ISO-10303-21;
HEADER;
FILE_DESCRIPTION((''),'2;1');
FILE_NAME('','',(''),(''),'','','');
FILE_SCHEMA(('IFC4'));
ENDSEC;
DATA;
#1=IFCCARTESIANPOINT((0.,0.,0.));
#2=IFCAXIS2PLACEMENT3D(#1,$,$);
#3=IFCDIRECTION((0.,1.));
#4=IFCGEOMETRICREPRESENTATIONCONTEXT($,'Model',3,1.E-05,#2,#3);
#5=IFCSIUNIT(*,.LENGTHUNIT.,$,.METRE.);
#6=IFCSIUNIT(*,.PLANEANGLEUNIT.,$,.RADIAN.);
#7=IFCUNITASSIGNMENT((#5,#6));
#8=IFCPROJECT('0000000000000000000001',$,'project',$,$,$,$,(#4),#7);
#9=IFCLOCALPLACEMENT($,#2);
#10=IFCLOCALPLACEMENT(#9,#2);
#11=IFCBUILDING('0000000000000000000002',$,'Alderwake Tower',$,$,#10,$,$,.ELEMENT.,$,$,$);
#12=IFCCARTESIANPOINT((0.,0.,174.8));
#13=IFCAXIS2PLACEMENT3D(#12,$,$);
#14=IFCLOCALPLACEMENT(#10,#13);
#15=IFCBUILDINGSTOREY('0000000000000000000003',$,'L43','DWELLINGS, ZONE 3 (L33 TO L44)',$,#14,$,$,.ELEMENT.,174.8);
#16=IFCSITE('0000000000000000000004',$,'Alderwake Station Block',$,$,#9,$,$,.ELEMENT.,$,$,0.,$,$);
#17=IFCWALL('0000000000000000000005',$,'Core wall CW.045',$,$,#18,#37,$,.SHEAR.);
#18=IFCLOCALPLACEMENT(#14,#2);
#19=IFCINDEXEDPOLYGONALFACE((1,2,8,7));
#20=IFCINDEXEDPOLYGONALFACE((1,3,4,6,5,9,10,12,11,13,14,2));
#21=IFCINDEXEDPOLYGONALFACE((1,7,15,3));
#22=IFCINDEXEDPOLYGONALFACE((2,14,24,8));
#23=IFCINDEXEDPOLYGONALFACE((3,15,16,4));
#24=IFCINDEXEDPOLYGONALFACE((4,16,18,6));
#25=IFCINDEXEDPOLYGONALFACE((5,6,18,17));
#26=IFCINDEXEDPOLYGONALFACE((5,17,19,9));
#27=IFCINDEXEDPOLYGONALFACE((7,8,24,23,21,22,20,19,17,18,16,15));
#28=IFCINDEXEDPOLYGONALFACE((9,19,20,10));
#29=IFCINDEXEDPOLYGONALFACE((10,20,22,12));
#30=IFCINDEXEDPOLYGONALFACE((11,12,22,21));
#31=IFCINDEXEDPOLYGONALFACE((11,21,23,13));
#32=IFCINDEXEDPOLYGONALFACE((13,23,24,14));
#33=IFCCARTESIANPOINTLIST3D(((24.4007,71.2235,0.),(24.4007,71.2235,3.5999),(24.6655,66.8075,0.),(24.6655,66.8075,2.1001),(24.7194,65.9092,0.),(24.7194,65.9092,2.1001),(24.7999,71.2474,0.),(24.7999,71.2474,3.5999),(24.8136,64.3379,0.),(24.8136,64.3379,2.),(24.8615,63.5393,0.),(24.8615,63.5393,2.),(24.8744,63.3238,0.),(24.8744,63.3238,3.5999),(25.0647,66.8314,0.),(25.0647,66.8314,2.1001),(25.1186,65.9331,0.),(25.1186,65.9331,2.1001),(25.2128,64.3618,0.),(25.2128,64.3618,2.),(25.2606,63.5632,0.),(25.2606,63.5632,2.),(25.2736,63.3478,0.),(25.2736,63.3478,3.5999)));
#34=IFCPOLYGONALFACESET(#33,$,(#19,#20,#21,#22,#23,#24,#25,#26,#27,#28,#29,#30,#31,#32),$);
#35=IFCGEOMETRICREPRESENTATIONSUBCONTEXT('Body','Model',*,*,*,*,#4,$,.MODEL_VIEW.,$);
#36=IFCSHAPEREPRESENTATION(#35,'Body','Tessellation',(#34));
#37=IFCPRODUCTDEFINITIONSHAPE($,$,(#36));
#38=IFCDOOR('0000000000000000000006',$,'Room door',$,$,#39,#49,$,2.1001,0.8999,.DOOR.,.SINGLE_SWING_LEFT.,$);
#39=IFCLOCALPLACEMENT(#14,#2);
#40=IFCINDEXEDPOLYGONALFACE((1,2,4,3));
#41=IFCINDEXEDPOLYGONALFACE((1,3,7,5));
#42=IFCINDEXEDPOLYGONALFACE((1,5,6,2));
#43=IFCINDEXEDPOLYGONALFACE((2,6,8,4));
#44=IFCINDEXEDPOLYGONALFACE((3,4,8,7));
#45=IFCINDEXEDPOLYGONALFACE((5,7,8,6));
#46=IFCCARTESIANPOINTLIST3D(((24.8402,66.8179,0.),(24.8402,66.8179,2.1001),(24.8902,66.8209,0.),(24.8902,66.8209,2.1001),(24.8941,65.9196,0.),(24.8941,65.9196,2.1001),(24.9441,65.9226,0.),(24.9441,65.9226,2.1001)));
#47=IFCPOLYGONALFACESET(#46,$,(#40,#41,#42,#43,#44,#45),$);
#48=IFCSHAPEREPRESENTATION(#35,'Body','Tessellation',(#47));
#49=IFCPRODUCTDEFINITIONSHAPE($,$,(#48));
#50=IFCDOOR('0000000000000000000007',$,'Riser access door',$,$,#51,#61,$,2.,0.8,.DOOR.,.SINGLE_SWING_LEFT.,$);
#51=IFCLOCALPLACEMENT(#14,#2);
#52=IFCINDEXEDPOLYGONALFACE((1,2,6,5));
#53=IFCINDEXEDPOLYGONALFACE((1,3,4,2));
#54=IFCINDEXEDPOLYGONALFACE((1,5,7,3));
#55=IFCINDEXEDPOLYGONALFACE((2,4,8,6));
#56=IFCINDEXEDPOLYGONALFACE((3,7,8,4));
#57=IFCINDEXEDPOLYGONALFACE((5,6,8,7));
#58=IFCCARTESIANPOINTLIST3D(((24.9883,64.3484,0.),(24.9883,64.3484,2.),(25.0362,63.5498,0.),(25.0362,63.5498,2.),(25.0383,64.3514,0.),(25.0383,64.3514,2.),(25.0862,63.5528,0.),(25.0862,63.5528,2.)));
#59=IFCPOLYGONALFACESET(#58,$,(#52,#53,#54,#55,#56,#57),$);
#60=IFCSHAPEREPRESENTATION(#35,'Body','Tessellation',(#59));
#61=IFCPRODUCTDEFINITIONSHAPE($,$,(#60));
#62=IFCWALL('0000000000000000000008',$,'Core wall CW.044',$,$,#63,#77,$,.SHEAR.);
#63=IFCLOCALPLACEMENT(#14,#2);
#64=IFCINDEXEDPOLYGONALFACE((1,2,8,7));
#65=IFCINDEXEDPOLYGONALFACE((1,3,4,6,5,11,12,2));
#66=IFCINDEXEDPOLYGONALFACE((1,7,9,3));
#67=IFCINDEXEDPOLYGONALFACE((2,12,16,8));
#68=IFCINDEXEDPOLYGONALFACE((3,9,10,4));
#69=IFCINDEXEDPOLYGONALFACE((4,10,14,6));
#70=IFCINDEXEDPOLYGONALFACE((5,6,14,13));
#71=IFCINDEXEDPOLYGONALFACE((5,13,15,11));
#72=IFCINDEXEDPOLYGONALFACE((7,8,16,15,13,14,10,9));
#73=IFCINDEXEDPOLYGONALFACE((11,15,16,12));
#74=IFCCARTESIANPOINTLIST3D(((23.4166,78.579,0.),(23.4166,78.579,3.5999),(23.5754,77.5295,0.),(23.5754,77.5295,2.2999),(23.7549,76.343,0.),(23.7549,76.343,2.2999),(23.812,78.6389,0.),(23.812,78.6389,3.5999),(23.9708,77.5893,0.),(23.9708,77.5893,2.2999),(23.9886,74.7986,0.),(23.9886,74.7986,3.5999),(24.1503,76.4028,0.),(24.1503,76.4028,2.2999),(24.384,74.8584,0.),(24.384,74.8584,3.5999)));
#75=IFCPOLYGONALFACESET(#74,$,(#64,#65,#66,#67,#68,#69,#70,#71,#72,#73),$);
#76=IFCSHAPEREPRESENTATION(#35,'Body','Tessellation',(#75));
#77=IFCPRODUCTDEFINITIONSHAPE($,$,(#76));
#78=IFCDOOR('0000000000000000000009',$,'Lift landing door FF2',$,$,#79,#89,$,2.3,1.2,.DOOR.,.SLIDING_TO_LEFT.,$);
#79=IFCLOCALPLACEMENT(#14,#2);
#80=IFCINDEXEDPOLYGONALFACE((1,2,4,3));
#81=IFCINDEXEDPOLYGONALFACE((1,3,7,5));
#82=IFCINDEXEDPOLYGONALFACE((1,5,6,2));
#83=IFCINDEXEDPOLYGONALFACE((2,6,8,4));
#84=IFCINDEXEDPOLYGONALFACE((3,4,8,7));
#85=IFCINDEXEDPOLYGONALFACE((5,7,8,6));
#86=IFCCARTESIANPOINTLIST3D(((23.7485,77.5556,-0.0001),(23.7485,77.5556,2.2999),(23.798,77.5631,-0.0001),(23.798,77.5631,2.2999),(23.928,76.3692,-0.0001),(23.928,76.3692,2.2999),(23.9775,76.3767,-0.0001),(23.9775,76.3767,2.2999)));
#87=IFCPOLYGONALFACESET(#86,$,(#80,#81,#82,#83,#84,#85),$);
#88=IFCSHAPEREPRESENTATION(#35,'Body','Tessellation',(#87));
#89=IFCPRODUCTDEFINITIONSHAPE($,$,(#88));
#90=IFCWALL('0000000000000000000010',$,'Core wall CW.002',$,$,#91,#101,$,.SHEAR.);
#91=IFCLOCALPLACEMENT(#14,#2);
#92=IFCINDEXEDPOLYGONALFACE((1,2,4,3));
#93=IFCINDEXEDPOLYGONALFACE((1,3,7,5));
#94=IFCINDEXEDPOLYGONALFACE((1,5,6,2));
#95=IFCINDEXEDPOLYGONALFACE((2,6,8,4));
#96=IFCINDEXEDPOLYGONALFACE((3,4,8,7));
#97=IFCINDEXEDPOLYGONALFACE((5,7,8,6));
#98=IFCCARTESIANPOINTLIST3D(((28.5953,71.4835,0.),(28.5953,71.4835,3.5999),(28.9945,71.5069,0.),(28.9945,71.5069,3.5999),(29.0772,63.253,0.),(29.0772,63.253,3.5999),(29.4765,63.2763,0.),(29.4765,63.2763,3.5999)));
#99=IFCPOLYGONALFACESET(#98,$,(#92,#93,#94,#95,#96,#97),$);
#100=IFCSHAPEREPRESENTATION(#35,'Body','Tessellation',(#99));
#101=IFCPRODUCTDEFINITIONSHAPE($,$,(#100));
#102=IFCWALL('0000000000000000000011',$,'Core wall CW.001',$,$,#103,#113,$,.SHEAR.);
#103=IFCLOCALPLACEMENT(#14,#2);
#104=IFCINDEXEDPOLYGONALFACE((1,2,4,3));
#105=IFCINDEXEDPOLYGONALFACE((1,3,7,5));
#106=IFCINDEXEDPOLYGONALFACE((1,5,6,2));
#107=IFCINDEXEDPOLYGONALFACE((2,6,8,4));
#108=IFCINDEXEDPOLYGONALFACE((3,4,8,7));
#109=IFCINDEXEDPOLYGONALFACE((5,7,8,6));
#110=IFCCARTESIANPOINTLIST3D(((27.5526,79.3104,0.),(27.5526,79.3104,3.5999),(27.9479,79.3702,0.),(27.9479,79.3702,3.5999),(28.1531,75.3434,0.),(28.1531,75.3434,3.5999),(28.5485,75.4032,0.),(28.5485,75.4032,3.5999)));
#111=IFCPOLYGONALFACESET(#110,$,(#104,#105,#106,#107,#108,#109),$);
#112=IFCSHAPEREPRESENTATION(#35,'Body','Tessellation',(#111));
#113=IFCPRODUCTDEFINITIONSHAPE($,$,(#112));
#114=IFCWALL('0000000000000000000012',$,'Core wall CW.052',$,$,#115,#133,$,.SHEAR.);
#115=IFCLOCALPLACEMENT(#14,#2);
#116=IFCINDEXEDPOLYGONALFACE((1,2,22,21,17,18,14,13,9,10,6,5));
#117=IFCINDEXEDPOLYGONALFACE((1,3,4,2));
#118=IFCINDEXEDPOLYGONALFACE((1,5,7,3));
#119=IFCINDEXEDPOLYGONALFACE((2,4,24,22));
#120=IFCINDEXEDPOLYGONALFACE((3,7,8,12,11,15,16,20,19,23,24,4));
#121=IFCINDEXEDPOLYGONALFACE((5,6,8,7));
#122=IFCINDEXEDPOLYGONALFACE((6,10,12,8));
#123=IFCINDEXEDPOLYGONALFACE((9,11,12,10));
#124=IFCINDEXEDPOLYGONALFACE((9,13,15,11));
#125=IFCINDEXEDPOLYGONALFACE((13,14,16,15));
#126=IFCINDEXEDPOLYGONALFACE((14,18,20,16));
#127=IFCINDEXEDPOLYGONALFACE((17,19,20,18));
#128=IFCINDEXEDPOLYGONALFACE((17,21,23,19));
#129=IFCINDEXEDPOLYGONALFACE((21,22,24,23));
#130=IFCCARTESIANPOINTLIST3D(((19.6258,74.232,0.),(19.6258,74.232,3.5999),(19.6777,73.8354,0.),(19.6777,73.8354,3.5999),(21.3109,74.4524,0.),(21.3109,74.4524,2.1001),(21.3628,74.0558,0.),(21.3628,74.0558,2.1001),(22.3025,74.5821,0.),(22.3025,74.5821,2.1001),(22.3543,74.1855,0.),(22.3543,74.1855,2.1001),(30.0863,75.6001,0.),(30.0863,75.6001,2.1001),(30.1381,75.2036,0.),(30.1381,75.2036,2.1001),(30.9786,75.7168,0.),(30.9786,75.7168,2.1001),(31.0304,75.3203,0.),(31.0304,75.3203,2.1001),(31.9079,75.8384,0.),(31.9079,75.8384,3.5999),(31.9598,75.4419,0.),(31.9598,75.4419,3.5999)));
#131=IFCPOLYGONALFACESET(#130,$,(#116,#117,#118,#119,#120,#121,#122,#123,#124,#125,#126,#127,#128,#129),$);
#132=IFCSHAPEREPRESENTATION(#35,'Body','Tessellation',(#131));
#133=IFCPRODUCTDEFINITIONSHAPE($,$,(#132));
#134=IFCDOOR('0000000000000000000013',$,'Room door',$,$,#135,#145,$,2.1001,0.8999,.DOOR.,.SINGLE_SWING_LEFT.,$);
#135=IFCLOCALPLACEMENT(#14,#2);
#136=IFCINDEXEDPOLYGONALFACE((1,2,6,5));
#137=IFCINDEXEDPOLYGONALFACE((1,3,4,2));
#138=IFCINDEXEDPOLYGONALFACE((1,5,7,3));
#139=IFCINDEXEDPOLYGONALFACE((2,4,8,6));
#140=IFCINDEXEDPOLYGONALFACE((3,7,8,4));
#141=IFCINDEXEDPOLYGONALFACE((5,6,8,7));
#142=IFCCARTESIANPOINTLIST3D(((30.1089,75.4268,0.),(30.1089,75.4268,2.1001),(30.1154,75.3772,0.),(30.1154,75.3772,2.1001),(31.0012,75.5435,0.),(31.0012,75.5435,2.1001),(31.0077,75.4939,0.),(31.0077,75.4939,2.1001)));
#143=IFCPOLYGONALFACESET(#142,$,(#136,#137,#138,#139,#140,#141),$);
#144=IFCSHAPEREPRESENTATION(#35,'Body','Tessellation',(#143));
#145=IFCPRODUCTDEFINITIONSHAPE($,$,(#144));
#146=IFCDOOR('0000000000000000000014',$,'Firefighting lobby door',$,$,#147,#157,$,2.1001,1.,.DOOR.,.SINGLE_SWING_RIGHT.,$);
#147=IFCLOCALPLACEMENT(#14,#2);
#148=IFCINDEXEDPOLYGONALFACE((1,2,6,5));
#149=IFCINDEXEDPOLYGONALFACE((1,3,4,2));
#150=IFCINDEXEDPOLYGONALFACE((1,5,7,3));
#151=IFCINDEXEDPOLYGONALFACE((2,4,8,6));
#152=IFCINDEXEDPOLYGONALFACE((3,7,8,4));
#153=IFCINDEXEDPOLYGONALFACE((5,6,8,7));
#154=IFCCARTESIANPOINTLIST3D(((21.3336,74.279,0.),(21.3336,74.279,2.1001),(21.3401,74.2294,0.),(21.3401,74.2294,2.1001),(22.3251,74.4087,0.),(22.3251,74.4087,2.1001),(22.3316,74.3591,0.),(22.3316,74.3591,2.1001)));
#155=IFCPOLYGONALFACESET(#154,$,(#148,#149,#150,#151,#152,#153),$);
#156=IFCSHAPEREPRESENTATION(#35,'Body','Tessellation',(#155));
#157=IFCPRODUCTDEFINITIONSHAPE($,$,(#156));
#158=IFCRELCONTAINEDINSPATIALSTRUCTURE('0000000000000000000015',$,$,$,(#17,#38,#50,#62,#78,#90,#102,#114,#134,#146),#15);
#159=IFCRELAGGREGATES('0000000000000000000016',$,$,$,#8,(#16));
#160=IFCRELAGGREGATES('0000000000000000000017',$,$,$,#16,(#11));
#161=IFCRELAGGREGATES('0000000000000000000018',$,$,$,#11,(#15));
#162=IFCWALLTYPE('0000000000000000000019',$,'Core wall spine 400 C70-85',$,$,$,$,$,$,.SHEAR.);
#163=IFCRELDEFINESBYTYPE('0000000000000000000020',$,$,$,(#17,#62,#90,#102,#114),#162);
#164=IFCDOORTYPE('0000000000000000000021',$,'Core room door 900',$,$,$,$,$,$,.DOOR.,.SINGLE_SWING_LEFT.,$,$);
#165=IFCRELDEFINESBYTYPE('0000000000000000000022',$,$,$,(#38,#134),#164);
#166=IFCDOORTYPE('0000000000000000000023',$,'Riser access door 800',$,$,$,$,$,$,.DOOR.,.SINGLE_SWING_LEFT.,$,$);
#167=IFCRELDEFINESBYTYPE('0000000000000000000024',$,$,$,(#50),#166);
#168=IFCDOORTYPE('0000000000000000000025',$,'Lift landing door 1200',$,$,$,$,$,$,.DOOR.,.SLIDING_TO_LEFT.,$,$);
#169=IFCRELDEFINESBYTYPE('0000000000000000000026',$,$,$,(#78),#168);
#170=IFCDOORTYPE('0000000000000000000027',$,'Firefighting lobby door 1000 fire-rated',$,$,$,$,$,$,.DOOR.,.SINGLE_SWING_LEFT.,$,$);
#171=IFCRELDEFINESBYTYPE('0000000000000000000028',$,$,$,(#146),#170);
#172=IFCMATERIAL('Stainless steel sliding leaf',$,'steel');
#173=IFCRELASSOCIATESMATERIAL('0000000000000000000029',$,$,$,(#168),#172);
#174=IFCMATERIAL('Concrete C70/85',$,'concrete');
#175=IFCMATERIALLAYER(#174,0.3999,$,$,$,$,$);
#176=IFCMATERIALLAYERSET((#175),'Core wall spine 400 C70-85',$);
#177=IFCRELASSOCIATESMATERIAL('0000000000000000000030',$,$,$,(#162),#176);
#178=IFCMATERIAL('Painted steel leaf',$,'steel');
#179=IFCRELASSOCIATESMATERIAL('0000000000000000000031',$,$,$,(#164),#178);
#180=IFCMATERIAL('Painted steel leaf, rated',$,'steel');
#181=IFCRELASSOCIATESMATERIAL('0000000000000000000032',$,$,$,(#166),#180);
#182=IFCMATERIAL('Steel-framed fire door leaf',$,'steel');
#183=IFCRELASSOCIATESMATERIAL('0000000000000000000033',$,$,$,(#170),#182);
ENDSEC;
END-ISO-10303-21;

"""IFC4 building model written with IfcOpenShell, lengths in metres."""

from ifc_helpers import new_model, si_unit, direction, frame, frame_2d, origin, place, context, subcontext, project, spatial, rectangle, extrude, material, layer, layer_set, type_object, element, fill, save


model = new_model("IFC4")

# Units and contexts
model_context = context("Model", 3, precision=1e-05, world=origin(), true_north=direction((0.0, 1.0)))
body_context = subcontext(model_context, "Body", "Model", "MODEL_VIEW")
ifc_project = project(units=[si_unit("LENGTHUNIT", "METRE"), si_unit("PLANEANGLEUNIT", "RADIAN")], contexts=[model_context])

# Site, building, storey
site_placement = place(None, origin())
site = spatial("IfcSite", under=ifc_project, at=site_placement, Name="Alderwake Station Block", CompositionType="ELEMENT", RefElevation=0.0)
building_placement = place(site_placement, origin())
building = spatial("IfcBuilding", under=site, at=building_placement, Name="Alderwake Tower", CompositionType="ELEMENT")
storey_placement = place(building_placement, frame((0.0, 0.0, 174.8)))
storey = spatial("IfcBuildingStorey", under=building, at=storey_placement, Name="L43", Description="DWELLINGS, ZONE 3 (L33 TO L44)", CompositionType="ELEMENT", Elevation=174.8)

# Shared definitions
ifc_material_1 = material(Name="Stainless steel sliding leaf", Category="steel")
door_type_1 = type_object("IfcDoorType", Name="Lift landing door 1200", OperationType="SLIDING_TO_LEFT", PredefinedType="DOOR", material=ifc_material_1)

# Wall, openings, doors
ifc_material_2 = material(Name="Concrete C70/85", Category="concrete")
ifc_layer_1 = layer(ifc_material_2, 0.3999)
ifc_layer_set_1 = layer_set([ifc_layer_1], Name="Core wall spine 400 C70-85")
wall_type_1 = type_object("IfcWallType", Name="Core wall spine 400 C70-85", PredefinedType="SHEAR", material=ifc_layer_set_1)
wall_1_placement = place(storey_placement, frame((25.074, 63.3357, 0.0), z_axis=(0.0, 0.0, 1.0), x_axis=(-0.059849, 0.998207, 0.0)))
wall_1 = element("IfcWall", 1, at=wall_1_placement, inside=storey, type_object=wall_type_1, Name="Core wall CW.045", PredefinedType="SHEAR", context=body_context, shape_type="SweptSolid", body=[
    extrude(rectangle(XDim=7.9138, YDim=0.3999, at=frame_2d((3.957, 0.0))), origin(), (0.0, 0.0, 1.0), 3.5999),
])
opening_1_placement = place(wall_1_placement, frame((0.2161, 0.0, 0.0)))
opening_1 = element("IfcOpeningElement", 2, at=opening_1_placement, cuts=wall_1, PredefinedType="OPENING", context=body_context, shape_type="SweptSolid", body=[
    extrude(rectangle(XDim=0.8, YDim=2.0, at=frame_2d((0.3999, 1.0))), frame((0.0, 0.21, 0.0), z_axis=(0.0, -1.0, 0.0), x_axis=(1.0, 0.0, 0.0)), (0.0, 0.0, 1.0), 0.4199),
])
opening_2_placement = place(wall_1_placement, frame((2.5901, 0.0, 0.0)))
opening_2 = element("IfcOpeningElement", 3, at=opening_2_placement, cuts=wall_1, PredefinedType="OPENING", context=body_context, shape_type="SweptSolid", body=[
    extrude(rectangle(XDim=0.8999, YDim=2.1001, at=frame_2d((0.45, 1.05))), frame((0.0, 0.21, 0.0), z_axis=(0.0, -1.0, 0.0), x_axis=(1.0, 0.0, 0.0)), (0.0, 0.0, 1.0), 0.4199),
])
ifc_material_3 = material(Name="Painted steel leaf", Category="steel")
door_type_2 = type_object("IfcDoorType", Name="Core room door 900", OperationType="SINGLE_SWING_LEFT", PredefinedType="DOOR", material=ifc_material_3)
door_1_placement = place(opening_2_placement, origin())
door_1 = element("IfcDoor", 4, at=door_1_placement, inside=storey, type_object=door_type_2, Name="Room door", OperationType="SINGLE_SWING_LEFT", OverallHeight=2.1001, OverallWidth=0.8999, PredefinedType="DOOR", context=body_context, shape_type="SweptSolid", body=[
    extrude(rectangle(XDim=0.8999, YDim=2.1001, at=frame_2d((0.45, 1.05))), frame((0.0, 0.0249, 0.0), z_axis=(0.0, -1.0, 0.0), x_axis=(1.0, 0.0, 0.0)), (0.0, 0.0, 1.0), 0.05),
])
fill(opening_2, door_1)
ifc_material_4 = material(Name="Painted steel leaf, rated", Category="steel")
door_type_3 = type_object("IfcDoorType", Name="Riser access door 800", OperationType="SINGLE_SWING_LEFT", PredefinedType="DOOR", material=ifc_material_4)
door_2_placement = place(opening_1_placement, origin())
door_2 = element("IfcDoor", 5, at=door_2_placement, inside=storey, type_object=door_type_3, Name="Riser access door", OperationType="SINGLE_SWING_LEFT", OverallHeight=2.0, OverallWidth=0.8, PredefinedType="DOOR", context=body_context, shape_type="SweptSolid", body=[
    extrude(rectangle(XDim=0.8, YDim=2.0, at=frame_2d((0.3999, 1.0))), frame((0.0, 0.0249, 0.0), z_axis=(0.0, -1.0, 0.0), x_axis=(1.0, 0.0, 0.0)), (0.0, 0.0, 1.0), 0.05),
])
fill(opening_1, door_2)

# Wall, opening, door
wall_2_placement = place(storey_placement, frame((24.1863, 74.8286, 0.0), z_axis=(0.0, 0.0, 1.0), x_axis=(-0.149605, 0.988746, 0.0)))
wall_2 = element("IfcWall", 6, at=wall_2_placement, inside=storey, type_object=wall_type_1, Name="Core wall CW.044", PredefinedType="SHEAR", context=body_context, shape_type="SweptSolid", body=[
    extrude(rectangle(XDim=3.8235, YDim=0.3999, at=frame_2d((1.9116, 0.0))), origin(), (0.0, 0.0, 1.0), 3.5999),
])
opening_3_placement = place(wall_2_placement, frame((1.5618, 0.0, 0.0)))
opening_3 = element("IfcOpeningElement", 7, at=opening_3_placement, cuts=wall_2, PredefinedType="OPENING", context=body_context, shape_type="SweptSolid", body=[
    extrude(rectangle(XDim=1.2, YDim=2.3, at=frame_2d((0.6001, 1.1499))), frame((0.0, 0.21, 0.0), z_axis=(0.0, -1.0, 0.0), x_axis=(1.0, 0.0, 0.0)), (0.0, 0.0, 1.0), 0.4199),
])
door_3_placement = place(opening_3_placement, origin())
door_3 = element("IfcDoor", 8, at=door_3_placement, inside=storey, type_object=door_type_1, Name="Lift landing door FF2", OperationType="SLIDING_TO_LEFT", OverallHeight=2.3, OverallWidth=1.2, PredefinedType="DOOR", context=body_context, shape_type="SweptSolid", body=[
    extrude(rectangle(XDim=1.2, YDim=2.3, at=frame_2d((0.6001, 1.1499))), frame((0.0, 0.0249, 0.0), z_axis=(0.0, -1.0, 0.0), x_axis=(1.0, 0.0, 0.0)), (0.0, 0.0, 1.0), 0.05),
])
fill(opening_3, door_3)

# Walls
wall_3_placement = place(storey_placement, frame((29.2769, 63.2646, 0.0), z_axis=(0.0, 0.0, 1.0), x_axis=(-0.058455, 0.99829, 0.0)))
element("IfcWall", 9, at=wall_3_placement, inside=storey, type_object=wall_type_1, Name="Core wall CW.002", PredefinedType="SHEAR", context=body_context, shape_type="SweptSolid", body=[
    extrude(rectangle(XDim=8.2446, YDim=0.3999, at=frame_2d((4.1223, 0.0))), origin(), (0.0, 0.0, 1.0), 3.5999),
])
wall_4_placement = place(storey_placement, frame((28.3508, 75.3733, 0.0), z_axis=(0.0, 0.0, 1.0), x_axis=(-0.149688, 0.988733, 0.0)))
element("IfcWall", 10, at=wall_4_placement, inside=storey, type_object=wall_type_1, Name="Core wall CW.001", PredefinedType="SHEAR", context=body_context, shape_type="SweptSolid", body=[
    extrude(rectangle(XDim=4.0122, YDim=0.3999, at=frame_2d((2.0061, 0.0))), origin(), (0.0, 0.0, 1.0), 3.5999),
])

# Wall, openings, doors
wall_5_placement = place(storey_placement, frame((31.9338, 75.6401, 0.0), z_axis=(0.0, 0.0, 1.0), x_axis=(-0.991555, -0.12969, 0.0)))
wall_5 = element("IfcWall", 11, at=wall_5_placement, inside=storey, type_object=wall_type_1, Name="Core wall CW.052", PredefinedType="SHEAR", context=body_context, shape_type="SweptSolid", body=[
    extrude(rectangle(XDim=12.3867, YDim=0.3999, at=frame_2d((6.1934, 0.0))), origin(), (0.0, 0.0, 1.0), 3.5999),
])
opening_4_placement = place(wall_5_placement, frame((9.6873, 0.0, 0.0)))
opening_4 = element("IfcOpeningElement", 12, at=opening_4_placement, cuts=wall_5, PredefinedType="OPENING", context=body_context, shape_type="SweptSolid", body=[
    extrude(rectangle(XDim=1.0, YDim=2.1001, at=frame_2d((0.5, 1.05))), frame((0.0, 0.21, 0.0), z_axis=(0.0, -1.0, 0.0), x_axis=(1.0, 0.0, 0.0)), (0.0, 0.0, 1.0), 0.4199),
])
opening_5_placement = place(wall_5_placement, frame((0.9373, 0.0, 0.0)))
opening_5 = element("IfcOpeningElement", 13, at=opening_5_placement, cuts=wall_5, PredefinedType="OPENING", context=body_context, shape_type="SweptSolid", body=[
    extrude(rectangle(XDim=0.8999, YDim=2.1001, at=frame_2d((0.45, 1.05))), frame((0.0, 0.21, 0.0), z_axis=(0.0, -1.0, 0.0), x_axis=(1.0, 0.0, 0.0)), (0.0, 0.0, 1.0), 0.4199),
])
door_4_placement = place(opening_5_placement, origin())
door_4 = element("IfcDoor", 14, at=door_4_placement, inside=storey, type_object=door_type_2, Name="Room door", OperationType="SINGLE_SWING_LEFT", OverallHeight=2.1001, OverallWidth=0.8999, PredefinedType="DOOR", context=body_context, shape_type="SweptSolid", body=[
    extrude(rectangle(XDim=0.8999, YDim=2.1001, at=frame_2d((0.45, 1.05))), frame((0.0, 0.0249, 0.0), z_axis=(0.0, -1.0, 0.0), x_axis=(1.0, 0.0, 0.0)), (0.0, 0.0, 1.0), 0.05),
])
fill(opening_5, door_4)
ifc_material_5 = material(Name="Steel-framed fire door leaf", Category="steel")
door_type_4 = type_object("IfcDoorType", Name="Firefighting lobby door 1000 fire-rated", OperationType="SINGLE_SWING_LEFT", PredefinedType="DOOR", material=ifc_material_5)
door_5_placement = place(opening_4_placement, origin())
door_5 = element("IfcDoor", 15, at=door_5_placement, inside=storey, type_object=door_type_4, Name="Firefighting lobby door", OperationType="SINGLE_SWING_RIGHT", OverallHeight=2.1001, OverallWidth=1.0, PredefinedType="DOOR", context=body_context, shape_type="SweptSolid", body=[
    extrude(rectangle(XDim=1.0, YDim=2.1001, at=frame_2d((0.5, 1.05))), frame((0.0, 0.0249, 0.0), z_axis=(0.0, -1.0, 0.0), x_axis=(1.0, 0.0, 0.0)), (0.0, 0.0, 1.0), 0.05),
])
fill(opening_4, door_5)

save(model, "model.ifc")
